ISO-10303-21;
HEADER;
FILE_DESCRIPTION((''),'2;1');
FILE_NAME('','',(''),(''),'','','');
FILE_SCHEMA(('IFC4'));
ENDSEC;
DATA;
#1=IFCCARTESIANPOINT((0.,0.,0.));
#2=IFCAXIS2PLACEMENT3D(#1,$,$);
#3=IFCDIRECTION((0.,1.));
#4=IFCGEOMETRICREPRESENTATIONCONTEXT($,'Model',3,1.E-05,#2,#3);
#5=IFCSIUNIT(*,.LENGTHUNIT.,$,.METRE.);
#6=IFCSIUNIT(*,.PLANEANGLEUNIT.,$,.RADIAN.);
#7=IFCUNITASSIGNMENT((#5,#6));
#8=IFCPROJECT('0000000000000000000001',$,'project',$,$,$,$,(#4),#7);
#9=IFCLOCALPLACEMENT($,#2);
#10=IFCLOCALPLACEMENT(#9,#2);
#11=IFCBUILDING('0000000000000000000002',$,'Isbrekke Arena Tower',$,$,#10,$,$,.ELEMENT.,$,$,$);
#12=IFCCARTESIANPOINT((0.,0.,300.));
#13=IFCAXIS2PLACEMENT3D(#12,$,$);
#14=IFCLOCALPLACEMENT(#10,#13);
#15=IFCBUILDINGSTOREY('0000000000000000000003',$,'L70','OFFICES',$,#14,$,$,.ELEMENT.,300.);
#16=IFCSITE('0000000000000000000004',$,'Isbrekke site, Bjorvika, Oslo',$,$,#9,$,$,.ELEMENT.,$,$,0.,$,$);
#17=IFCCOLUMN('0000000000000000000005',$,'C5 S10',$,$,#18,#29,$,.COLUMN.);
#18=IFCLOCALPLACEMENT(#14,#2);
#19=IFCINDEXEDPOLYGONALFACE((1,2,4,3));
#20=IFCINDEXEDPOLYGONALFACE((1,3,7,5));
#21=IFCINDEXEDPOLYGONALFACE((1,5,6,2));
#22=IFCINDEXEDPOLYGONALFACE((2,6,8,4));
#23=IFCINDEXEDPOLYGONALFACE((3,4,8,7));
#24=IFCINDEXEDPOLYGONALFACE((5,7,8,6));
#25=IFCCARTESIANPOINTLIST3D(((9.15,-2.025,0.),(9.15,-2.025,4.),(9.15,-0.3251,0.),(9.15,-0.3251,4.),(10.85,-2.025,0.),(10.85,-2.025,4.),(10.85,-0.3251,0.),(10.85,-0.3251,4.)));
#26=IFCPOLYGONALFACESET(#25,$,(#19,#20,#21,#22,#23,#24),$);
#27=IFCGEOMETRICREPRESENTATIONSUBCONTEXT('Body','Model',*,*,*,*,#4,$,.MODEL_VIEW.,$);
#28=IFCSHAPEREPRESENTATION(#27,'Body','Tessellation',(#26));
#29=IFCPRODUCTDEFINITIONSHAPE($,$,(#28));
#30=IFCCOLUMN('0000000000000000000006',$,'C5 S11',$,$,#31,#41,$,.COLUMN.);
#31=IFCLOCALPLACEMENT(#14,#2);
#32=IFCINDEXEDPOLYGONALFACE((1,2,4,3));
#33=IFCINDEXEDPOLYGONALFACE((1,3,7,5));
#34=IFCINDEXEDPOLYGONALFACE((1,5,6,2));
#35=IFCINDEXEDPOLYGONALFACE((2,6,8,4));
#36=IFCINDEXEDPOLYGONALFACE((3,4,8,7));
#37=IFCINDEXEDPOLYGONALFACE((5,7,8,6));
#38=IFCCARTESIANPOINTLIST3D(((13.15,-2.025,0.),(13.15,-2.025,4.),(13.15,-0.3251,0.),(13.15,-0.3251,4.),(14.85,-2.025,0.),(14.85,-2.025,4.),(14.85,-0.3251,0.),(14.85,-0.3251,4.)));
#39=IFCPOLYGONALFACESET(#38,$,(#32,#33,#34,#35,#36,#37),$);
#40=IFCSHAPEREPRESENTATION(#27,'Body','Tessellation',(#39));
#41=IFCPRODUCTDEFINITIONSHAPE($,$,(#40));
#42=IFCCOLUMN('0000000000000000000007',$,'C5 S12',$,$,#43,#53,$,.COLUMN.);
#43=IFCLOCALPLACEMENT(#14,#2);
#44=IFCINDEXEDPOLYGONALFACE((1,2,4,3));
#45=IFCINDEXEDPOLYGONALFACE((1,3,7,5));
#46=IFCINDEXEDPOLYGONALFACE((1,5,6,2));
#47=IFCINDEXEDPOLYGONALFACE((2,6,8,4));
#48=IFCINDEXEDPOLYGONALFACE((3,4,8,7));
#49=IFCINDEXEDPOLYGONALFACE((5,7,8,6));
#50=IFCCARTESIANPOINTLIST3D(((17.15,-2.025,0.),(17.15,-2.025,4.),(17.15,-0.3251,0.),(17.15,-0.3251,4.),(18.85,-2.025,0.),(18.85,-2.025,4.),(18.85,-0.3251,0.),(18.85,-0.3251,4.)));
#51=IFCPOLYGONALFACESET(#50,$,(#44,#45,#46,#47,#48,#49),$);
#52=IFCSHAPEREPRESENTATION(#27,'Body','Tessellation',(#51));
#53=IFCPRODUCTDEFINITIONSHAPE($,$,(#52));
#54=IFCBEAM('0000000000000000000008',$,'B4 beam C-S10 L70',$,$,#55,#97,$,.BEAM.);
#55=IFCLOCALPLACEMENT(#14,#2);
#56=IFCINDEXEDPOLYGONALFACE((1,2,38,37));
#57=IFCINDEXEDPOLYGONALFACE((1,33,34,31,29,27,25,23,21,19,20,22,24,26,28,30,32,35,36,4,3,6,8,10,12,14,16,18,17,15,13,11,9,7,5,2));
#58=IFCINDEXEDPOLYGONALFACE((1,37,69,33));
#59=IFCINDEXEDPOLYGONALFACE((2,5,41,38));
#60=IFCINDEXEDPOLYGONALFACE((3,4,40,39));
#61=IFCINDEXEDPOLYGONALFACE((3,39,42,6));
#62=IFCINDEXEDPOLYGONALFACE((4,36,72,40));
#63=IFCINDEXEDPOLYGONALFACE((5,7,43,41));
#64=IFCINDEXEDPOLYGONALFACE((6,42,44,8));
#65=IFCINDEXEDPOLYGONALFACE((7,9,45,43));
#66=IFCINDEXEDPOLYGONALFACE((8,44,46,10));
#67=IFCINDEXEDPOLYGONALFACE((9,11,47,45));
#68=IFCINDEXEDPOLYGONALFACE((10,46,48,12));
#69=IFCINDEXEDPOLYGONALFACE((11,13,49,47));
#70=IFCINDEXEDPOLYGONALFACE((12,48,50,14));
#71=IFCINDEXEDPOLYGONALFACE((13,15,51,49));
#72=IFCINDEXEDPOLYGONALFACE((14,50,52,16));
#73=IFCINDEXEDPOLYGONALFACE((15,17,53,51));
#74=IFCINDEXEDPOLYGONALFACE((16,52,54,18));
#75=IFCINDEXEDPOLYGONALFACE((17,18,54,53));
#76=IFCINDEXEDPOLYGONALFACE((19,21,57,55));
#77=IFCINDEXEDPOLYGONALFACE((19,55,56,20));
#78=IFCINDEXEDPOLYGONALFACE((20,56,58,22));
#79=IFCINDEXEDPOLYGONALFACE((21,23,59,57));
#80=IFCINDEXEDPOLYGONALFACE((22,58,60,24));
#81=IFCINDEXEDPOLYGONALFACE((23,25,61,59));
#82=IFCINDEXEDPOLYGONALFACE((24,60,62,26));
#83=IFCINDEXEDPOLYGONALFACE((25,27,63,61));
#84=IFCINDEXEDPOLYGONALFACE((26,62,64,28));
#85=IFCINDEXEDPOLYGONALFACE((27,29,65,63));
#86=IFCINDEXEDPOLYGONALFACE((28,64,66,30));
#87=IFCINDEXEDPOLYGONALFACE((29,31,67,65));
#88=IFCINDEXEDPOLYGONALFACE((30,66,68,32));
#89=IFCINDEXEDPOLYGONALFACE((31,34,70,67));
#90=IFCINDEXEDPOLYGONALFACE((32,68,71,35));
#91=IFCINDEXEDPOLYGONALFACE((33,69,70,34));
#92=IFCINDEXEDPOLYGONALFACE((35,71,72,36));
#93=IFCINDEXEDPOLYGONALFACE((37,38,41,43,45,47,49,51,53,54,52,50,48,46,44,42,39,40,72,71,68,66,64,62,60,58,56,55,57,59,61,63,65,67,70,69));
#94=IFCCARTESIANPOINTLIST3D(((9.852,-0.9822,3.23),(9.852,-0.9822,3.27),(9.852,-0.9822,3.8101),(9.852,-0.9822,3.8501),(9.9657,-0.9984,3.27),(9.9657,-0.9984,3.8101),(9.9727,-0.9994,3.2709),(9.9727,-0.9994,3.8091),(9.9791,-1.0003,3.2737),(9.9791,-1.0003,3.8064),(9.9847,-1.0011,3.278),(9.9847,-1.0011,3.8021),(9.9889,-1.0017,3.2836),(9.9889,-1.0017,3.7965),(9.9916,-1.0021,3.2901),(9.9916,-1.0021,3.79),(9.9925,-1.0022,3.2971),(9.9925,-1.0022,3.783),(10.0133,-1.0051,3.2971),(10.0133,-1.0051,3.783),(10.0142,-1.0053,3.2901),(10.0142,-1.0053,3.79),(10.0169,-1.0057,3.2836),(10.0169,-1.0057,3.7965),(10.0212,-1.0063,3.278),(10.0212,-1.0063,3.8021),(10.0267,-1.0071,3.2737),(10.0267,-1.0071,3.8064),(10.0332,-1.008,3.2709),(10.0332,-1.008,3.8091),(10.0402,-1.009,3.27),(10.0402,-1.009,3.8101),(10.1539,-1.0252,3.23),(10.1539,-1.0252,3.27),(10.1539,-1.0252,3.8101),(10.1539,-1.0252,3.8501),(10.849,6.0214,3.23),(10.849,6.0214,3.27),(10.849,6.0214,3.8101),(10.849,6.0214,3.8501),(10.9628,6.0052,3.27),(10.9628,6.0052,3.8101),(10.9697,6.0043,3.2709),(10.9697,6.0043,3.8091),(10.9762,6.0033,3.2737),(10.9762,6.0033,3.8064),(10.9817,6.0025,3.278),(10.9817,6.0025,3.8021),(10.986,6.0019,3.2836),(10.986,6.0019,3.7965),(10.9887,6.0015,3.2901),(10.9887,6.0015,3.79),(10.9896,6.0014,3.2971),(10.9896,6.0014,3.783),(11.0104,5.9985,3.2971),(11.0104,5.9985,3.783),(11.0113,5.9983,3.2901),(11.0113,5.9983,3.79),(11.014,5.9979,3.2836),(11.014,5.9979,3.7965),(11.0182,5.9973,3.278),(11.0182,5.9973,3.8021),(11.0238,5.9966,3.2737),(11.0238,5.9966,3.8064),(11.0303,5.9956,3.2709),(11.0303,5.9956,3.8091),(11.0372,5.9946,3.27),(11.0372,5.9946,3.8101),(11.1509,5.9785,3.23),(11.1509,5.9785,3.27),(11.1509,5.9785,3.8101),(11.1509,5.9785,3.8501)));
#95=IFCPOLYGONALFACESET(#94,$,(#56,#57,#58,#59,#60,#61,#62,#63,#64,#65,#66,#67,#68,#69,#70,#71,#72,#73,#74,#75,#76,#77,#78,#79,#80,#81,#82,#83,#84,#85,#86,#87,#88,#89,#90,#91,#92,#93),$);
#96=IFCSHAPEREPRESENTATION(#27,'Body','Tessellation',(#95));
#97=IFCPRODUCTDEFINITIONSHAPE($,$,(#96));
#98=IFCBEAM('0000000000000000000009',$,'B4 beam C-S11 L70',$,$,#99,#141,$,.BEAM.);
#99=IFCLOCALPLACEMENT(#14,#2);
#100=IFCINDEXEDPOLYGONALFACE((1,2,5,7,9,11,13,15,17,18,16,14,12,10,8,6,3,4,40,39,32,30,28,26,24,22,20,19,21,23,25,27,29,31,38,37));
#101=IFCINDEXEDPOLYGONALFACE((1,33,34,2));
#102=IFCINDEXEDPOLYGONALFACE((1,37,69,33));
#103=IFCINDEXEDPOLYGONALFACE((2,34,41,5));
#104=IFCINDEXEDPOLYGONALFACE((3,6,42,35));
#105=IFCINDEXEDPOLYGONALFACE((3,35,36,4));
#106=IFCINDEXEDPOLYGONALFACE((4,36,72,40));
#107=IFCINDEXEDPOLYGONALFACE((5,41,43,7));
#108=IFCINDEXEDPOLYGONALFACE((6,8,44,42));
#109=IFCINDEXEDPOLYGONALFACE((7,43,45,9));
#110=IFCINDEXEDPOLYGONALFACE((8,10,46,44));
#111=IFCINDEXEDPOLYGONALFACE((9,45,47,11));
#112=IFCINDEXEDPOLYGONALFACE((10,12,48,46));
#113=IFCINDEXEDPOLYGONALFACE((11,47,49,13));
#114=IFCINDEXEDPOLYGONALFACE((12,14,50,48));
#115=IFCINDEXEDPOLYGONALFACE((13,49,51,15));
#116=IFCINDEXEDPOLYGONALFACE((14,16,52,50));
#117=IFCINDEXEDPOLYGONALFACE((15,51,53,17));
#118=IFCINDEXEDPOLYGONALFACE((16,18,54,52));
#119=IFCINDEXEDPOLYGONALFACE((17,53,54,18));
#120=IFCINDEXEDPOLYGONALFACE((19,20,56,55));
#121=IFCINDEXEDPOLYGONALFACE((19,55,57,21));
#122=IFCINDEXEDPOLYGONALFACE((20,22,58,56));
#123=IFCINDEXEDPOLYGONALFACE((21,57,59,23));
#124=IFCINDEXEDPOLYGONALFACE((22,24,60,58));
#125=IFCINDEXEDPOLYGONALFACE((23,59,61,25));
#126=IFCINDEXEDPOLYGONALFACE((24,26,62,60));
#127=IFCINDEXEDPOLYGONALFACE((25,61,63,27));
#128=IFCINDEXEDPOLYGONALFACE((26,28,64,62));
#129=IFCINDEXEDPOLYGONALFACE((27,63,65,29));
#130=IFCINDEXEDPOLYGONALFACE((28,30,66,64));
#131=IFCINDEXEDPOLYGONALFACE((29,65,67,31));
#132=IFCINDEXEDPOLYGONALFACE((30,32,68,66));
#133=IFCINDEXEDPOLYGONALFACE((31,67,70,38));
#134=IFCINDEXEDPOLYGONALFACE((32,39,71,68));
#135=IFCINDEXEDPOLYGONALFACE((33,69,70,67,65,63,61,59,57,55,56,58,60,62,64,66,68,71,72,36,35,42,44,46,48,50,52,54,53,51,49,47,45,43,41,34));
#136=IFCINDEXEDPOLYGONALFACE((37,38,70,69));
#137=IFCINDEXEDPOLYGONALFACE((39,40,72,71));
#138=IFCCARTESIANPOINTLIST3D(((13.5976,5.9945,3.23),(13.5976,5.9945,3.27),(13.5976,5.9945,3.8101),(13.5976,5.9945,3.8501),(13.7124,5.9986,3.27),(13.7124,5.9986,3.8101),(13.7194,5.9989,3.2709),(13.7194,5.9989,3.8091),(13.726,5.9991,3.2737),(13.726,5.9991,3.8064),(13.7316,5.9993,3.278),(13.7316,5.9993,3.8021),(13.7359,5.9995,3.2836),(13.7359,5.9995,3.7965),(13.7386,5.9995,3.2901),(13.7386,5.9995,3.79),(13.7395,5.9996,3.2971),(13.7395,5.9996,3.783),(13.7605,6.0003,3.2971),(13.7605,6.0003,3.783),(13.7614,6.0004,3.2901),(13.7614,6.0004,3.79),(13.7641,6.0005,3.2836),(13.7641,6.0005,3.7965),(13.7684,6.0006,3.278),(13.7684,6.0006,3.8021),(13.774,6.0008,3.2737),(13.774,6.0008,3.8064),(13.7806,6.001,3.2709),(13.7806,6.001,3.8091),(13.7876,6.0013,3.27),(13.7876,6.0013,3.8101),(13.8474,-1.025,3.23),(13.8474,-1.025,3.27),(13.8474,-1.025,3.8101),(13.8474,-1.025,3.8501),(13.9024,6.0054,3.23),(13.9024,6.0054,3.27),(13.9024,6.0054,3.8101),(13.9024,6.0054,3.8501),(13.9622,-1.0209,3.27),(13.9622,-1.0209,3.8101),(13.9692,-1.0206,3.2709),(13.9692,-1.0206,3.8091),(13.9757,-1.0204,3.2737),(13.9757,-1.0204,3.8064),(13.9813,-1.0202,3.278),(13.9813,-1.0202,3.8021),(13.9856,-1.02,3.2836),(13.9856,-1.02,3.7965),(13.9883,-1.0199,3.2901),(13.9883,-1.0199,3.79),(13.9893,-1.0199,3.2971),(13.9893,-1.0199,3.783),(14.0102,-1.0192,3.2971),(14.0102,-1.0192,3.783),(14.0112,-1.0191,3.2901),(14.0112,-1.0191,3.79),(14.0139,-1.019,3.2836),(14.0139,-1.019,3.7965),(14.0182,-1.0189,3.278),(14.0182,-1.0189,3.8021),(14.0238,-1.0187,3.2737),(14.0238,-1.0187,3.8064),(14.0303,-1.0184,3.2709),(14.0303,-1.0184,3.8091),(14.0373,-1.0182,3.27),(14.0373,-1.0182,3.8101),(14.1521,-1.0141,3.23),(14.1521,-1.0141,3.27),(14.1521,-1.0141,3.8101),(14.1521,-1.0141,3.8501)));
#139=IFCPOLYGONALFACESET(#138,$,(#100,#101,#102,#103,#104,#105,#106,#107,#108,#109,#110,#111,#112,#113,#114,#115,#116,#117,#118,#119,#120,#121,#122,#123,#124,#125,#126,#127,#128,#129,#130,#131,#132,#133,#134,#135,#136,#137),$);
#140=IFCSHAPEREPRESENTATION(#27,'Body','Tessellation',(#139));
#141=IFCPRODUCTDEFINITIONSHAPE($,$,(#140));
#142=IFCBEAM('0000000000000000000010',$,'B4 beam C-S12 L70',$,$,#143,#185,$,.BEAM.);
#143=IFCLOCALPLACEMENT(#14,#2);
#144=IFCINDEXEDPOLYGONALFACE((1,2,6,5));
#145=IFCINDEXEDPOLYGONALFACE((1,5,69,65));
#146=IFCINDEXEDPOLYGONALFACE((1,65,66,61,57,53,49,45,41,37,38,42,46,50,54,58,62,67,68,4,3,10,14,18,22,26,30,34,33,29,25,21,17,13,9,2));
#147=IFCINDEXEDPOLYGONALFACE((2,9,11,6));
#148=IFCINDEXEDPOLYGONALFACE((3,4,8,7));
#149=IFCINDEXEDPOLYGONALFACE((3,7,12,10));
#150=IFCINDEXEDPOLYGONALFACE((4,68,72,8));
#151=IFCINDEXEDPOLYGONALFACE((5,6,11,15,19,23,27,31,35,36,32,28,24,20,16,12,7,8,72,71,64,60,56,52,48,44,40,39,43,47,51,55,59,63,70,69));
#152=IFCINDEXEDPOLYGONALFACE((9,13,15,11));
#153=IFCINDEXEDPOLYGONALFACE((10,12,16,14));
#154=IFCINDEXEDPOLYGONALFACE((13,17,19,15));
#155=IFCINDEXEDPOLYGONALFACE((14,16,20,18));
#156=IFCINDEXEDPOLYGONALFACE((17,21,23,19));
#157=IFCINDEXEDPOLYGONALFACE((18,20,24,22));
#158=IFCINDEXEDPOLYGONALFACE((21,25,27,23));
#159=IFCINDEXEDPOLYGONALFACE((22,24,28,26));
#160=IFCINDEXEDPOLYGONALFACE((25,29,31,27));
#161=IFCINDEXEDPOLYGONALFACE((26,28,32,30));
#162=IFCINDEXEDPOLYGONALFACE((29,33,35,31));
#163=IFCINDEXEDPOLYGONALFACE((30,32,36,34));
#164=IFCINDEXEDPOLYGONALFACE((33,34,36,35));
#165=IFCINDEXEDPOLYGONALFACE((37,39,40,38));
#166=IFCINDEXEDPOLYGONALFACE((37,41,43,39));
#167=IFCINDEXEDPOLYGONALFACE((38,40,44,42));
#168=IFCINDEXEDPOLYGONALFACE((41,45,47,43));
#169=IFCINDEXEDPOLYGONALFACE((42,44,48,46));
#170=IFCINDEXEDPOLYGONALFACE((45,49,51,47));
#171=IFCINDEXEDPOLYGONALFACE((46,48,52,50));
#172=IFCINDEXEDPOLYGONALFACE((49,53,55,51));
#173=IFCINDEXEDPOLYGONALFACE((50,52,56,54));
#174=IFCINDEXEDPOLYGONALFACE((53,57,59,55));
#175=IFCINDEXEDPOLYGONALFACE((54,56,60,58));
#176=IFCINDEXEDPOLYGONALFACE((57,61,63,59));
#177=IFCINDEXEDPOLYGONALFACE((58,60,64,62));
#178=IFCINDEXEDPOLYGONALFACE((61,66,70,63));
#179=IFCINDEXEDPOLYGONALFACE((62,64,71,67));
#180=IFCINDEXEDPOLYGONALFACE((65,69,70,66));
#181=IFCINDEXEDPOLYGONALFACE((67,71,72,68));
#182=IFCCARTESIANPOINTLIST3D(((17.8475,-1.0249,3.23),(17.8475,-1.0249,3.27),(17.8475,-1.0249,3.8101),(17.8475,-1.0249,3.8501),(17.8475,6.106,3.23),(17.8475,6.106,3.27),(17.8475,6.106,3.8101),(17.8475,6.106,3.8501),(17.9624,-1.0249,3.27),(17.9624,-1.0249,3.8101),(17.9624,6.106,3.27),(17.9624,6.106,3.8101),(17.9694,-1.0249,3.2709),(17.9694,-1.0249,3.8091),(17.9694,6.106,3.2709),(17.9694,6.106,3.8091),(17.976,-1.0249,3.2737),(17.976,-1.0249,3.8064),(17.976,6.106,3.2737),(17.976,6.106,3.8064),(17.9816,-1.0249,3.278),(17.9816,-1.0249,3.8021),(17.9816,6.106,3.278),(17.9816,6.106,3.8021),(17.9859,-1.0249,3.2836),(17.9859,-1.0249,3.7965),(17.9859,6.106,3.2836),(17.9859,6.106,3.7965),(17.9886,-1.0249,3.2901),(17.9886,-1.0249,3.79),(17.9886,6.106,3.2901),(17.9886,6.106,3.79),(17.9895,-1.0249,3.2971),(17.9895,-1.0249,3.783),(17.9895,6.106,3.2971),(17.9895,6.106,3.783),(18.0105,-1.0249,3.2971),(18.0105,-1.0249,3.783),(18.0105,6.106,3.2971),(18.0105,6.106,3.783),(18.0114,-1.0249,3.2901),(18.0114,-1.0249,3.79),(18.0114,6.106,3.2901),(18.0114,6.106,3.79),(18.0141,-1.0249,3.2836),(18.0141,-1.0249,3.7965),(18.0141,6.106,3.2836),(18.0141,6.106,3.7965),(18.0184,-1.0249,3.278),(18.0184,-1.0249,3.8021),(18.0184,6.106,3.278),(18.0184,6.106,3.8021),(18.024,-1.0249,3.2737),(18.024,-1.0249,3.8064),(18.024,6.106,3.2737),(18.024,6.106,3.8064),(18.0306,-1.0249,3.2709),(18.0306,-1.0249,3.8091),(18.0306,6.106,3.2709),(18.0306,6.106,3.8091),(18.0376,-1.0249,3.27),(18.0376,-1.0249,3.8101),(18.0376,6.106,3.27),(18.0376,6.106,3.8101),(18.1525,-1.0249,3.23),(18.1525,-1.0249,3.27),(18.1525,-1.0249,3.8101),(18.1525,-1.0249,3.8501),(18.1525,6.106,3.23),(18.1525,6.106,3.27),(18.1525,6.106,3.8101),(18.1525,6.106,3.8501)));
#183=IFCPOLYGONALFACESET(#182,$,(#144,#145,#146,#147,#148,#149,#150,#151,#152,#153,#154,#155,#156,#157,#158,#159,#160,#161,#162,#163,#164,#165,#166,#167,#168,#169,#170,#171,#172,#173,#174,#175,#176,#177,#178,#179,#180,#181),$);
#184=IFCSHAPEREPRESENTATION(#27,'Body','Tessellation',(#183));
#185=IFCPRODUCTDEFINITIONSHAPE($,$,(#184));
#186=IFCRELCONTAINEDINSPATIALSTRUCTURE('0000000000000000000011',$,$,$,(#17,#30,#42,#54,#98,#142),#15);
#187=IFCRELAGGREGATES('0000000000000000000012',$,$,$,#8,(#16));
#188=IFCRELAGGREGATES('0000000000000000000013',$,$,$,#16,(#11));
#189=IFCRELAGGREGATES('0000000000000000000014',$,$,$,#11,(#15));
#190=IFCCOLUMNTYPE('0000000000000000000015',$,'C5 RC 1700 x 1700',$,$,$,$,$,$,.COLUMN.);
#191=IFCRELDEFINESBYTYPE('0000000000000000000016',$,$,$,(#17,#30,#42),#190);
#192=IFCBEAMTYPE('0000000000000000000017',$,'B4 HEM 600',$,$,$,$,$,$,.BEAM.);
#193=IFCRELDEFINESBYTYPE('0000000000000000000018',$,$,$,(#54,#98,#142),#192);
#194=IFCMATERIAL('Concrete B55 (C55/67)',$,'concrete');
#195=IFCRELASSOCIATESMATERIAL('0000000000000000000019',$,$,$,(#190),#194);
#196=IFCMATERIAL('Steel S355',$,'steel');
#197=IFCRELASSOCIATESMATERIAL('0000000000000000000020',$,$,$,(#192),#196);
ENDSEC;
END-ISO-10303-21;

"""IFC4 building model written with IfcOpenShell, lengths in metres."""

from ifc_helpers import new_model, si_unit, direction, frame, origin, origin_2d, place, context, subcontext, project, spatial, rectangle, i_section, extrude, material, material_profile, profile_set, type_object, element, save


model = new_model("IFC4")

# Units and contexts
model_context = context("Model", 3, precision=1e-05, world=origin(), true_north=direction((0.0, 1.0)))
body_context = subcontext(model_context, "Body", "Model", "MODEL_VIEW")
ifc_project = project(units=[si_unit("LENGTHUNIT", "METRE"), si_unit("PLANEANGLEUNIT", "RADIAN")], contexts=[model_context])

# Site, building, storey
site_placement = place(None, origin())
site = spatial("IfcSite", under=ifc_project, at=site_placement, Name="Isbrekke site, Bjorvika, Oslo", CompositionType="ELEMENT", RefElevation=0.0)
building_placement = place(site_placement, origin())
building = spatial("IfcBuilding", under=site, at=building_placement, Name="Isbrekke Arena Tower", CompositionType="ELEMENT")
storey_placement = place(building_placement, frame((0.0, 0.0, 300.0)))
storey = spatial("IfcBuildingStorey", under=building, at=storey_placement, Name="L70", Description="OFFICES", CompositionType="ELEMENT", Elevation=300.0)

# Columns
ifc_material_1 = material(Name="Concrete B55 (C55/67)", Category="concrete")
ifc_material_profile_1 = material_profile(ifc_material_1, rectangle(XDim=1.7, YDim=1.7, at=origin_2d()), Name="RC 1700x1700")
ifc_profile_set_1 = profile_set([ifc_material_profile_1], Name="Concrete B55 (C55/67)")
column_type = type_object("IfcColumnType", Name="C5 RC 1700 x 1700", PredefinedType="COLUMN", material=ifc_profile_set_1)
for number, where, z_axis, x_axis, name in (
    (1, (10.0, -1.175, 0.0), (0.0, 0.0, 1.0), (1.0, 0.0, 0.0), "C5 S10"),
    (2, (14.0, -1.175, 0.0), (0.0, 0.0, 1.0), (1.0, 0.0, 0.0), "C5 S11"),
    (3, (18.0, -1.175, 0.0), (0.0, 0.0, 1.0), (1.0, 0.0, 0.0), "C5 S12"),
):
    element("IfcColumn", number, at=place(storey_placement, frame(where, z_axis=z_axis, x_axis=x_axis)), inside=storey, type_object=column_type, Name=name, PredefinedType="COLUMN", context=body_context, shape_type="SweptSolid", body=[
        extrude(rectangle(XDim=1.7, YDim=1.7, at=origin_2d()), origin(), (0.0, 0.0, 1.0), 4.0),
    ])

# Beams
ifc_material_2 = material(Name="Steel S355", Category="steel")
ifc_material_profile_2 = material_profile(ifc_material_2, i_section(OverallWidth=0.3049, OverallDepth=0.6201, WebThickness=0.021, FlangeThickness=0.04, FilletRadius=0.0271, at=origin_2d()), Name="HEM 600")
ifc_profile_set_2 = profile_set([ifc_material_profile_2], Name="Steel S355")
beam_type_1 = type_object("IfcBeamType", Name="B4 HEM 600", PredefinedType="BEAM", material=ifc_profile_set_2)
beam_1_placement = place(storey_placement, frame((10.0029, -1.0037, 3.54), z_axis=(0.140943, 0.990018, 0.0), x_axis=(-0.990018, 0.140943, 0.0)))
element("IfcBeam", 4, at=beam_1_placement, inside=storey, type_object=beam_type_1, Name="B4 beam C-S10 L70", PredefinedType="BEAM", context=body_context, shape_type="SweptSolid", body=[
    extrude(i_section(OverallWidth=0.3049, OverallDepth=0.6201, WebThickness=0.021, FlangeThickness=0.04, FilletRadius=0.0271, at=origin_2d()), origin(), (0.0, 0.0, 1.0), 7.0742),
])
beam_2_placement = place(storey_placement, frame((13.9998, -1.0195, 3.54), z_axis=(-0.035558, 0.999368, 0.0), x_axis=(-0.999368, -0.035558, 0.0)))
element("IfcBeam", 5, at=beam_2_placement, inside=storey, type_object=beam_type_1, Name="B4 beam C-S11 L70", PredefinedType="BEAM", context=body_context, shape_type="SweptSolid", body=[
    extrude(i_section(OverallWidth=0.3049, OverallDepth=0.6201, WebThickness=0.021, FlangeThickness=0.04, FilletRadius=0.0271, at=origin_2d()), origin(), (0.0, 0.0, 1.0), 7.0239),
])
beam_3_placement = place(storey_placement, frame((18.0, -1.0249, 3.54), z_axis=(0.0, 1.0, 0.0), x_axis=(-1.0, 0.0, 0.0)))
element("IfcBeam", 6, at=beam_3_placement, inside=storey, type_object=beam_type_1, Name="B4 beam C-S12 L70", PredefinedType="BEAM", context=body_context, shape_type="SweptSolid", body=[
    extrude(i_section(OverallWidth=0.3049, OverallDepth=0.6201, WebThickness=0.021, FlangeThickness=0.04, FilletRadius=0.0271, at=origin_2d()), origin(), (0.0, 0.0, 1.0), 7.1309),
])

save(model, "model.ifc")
